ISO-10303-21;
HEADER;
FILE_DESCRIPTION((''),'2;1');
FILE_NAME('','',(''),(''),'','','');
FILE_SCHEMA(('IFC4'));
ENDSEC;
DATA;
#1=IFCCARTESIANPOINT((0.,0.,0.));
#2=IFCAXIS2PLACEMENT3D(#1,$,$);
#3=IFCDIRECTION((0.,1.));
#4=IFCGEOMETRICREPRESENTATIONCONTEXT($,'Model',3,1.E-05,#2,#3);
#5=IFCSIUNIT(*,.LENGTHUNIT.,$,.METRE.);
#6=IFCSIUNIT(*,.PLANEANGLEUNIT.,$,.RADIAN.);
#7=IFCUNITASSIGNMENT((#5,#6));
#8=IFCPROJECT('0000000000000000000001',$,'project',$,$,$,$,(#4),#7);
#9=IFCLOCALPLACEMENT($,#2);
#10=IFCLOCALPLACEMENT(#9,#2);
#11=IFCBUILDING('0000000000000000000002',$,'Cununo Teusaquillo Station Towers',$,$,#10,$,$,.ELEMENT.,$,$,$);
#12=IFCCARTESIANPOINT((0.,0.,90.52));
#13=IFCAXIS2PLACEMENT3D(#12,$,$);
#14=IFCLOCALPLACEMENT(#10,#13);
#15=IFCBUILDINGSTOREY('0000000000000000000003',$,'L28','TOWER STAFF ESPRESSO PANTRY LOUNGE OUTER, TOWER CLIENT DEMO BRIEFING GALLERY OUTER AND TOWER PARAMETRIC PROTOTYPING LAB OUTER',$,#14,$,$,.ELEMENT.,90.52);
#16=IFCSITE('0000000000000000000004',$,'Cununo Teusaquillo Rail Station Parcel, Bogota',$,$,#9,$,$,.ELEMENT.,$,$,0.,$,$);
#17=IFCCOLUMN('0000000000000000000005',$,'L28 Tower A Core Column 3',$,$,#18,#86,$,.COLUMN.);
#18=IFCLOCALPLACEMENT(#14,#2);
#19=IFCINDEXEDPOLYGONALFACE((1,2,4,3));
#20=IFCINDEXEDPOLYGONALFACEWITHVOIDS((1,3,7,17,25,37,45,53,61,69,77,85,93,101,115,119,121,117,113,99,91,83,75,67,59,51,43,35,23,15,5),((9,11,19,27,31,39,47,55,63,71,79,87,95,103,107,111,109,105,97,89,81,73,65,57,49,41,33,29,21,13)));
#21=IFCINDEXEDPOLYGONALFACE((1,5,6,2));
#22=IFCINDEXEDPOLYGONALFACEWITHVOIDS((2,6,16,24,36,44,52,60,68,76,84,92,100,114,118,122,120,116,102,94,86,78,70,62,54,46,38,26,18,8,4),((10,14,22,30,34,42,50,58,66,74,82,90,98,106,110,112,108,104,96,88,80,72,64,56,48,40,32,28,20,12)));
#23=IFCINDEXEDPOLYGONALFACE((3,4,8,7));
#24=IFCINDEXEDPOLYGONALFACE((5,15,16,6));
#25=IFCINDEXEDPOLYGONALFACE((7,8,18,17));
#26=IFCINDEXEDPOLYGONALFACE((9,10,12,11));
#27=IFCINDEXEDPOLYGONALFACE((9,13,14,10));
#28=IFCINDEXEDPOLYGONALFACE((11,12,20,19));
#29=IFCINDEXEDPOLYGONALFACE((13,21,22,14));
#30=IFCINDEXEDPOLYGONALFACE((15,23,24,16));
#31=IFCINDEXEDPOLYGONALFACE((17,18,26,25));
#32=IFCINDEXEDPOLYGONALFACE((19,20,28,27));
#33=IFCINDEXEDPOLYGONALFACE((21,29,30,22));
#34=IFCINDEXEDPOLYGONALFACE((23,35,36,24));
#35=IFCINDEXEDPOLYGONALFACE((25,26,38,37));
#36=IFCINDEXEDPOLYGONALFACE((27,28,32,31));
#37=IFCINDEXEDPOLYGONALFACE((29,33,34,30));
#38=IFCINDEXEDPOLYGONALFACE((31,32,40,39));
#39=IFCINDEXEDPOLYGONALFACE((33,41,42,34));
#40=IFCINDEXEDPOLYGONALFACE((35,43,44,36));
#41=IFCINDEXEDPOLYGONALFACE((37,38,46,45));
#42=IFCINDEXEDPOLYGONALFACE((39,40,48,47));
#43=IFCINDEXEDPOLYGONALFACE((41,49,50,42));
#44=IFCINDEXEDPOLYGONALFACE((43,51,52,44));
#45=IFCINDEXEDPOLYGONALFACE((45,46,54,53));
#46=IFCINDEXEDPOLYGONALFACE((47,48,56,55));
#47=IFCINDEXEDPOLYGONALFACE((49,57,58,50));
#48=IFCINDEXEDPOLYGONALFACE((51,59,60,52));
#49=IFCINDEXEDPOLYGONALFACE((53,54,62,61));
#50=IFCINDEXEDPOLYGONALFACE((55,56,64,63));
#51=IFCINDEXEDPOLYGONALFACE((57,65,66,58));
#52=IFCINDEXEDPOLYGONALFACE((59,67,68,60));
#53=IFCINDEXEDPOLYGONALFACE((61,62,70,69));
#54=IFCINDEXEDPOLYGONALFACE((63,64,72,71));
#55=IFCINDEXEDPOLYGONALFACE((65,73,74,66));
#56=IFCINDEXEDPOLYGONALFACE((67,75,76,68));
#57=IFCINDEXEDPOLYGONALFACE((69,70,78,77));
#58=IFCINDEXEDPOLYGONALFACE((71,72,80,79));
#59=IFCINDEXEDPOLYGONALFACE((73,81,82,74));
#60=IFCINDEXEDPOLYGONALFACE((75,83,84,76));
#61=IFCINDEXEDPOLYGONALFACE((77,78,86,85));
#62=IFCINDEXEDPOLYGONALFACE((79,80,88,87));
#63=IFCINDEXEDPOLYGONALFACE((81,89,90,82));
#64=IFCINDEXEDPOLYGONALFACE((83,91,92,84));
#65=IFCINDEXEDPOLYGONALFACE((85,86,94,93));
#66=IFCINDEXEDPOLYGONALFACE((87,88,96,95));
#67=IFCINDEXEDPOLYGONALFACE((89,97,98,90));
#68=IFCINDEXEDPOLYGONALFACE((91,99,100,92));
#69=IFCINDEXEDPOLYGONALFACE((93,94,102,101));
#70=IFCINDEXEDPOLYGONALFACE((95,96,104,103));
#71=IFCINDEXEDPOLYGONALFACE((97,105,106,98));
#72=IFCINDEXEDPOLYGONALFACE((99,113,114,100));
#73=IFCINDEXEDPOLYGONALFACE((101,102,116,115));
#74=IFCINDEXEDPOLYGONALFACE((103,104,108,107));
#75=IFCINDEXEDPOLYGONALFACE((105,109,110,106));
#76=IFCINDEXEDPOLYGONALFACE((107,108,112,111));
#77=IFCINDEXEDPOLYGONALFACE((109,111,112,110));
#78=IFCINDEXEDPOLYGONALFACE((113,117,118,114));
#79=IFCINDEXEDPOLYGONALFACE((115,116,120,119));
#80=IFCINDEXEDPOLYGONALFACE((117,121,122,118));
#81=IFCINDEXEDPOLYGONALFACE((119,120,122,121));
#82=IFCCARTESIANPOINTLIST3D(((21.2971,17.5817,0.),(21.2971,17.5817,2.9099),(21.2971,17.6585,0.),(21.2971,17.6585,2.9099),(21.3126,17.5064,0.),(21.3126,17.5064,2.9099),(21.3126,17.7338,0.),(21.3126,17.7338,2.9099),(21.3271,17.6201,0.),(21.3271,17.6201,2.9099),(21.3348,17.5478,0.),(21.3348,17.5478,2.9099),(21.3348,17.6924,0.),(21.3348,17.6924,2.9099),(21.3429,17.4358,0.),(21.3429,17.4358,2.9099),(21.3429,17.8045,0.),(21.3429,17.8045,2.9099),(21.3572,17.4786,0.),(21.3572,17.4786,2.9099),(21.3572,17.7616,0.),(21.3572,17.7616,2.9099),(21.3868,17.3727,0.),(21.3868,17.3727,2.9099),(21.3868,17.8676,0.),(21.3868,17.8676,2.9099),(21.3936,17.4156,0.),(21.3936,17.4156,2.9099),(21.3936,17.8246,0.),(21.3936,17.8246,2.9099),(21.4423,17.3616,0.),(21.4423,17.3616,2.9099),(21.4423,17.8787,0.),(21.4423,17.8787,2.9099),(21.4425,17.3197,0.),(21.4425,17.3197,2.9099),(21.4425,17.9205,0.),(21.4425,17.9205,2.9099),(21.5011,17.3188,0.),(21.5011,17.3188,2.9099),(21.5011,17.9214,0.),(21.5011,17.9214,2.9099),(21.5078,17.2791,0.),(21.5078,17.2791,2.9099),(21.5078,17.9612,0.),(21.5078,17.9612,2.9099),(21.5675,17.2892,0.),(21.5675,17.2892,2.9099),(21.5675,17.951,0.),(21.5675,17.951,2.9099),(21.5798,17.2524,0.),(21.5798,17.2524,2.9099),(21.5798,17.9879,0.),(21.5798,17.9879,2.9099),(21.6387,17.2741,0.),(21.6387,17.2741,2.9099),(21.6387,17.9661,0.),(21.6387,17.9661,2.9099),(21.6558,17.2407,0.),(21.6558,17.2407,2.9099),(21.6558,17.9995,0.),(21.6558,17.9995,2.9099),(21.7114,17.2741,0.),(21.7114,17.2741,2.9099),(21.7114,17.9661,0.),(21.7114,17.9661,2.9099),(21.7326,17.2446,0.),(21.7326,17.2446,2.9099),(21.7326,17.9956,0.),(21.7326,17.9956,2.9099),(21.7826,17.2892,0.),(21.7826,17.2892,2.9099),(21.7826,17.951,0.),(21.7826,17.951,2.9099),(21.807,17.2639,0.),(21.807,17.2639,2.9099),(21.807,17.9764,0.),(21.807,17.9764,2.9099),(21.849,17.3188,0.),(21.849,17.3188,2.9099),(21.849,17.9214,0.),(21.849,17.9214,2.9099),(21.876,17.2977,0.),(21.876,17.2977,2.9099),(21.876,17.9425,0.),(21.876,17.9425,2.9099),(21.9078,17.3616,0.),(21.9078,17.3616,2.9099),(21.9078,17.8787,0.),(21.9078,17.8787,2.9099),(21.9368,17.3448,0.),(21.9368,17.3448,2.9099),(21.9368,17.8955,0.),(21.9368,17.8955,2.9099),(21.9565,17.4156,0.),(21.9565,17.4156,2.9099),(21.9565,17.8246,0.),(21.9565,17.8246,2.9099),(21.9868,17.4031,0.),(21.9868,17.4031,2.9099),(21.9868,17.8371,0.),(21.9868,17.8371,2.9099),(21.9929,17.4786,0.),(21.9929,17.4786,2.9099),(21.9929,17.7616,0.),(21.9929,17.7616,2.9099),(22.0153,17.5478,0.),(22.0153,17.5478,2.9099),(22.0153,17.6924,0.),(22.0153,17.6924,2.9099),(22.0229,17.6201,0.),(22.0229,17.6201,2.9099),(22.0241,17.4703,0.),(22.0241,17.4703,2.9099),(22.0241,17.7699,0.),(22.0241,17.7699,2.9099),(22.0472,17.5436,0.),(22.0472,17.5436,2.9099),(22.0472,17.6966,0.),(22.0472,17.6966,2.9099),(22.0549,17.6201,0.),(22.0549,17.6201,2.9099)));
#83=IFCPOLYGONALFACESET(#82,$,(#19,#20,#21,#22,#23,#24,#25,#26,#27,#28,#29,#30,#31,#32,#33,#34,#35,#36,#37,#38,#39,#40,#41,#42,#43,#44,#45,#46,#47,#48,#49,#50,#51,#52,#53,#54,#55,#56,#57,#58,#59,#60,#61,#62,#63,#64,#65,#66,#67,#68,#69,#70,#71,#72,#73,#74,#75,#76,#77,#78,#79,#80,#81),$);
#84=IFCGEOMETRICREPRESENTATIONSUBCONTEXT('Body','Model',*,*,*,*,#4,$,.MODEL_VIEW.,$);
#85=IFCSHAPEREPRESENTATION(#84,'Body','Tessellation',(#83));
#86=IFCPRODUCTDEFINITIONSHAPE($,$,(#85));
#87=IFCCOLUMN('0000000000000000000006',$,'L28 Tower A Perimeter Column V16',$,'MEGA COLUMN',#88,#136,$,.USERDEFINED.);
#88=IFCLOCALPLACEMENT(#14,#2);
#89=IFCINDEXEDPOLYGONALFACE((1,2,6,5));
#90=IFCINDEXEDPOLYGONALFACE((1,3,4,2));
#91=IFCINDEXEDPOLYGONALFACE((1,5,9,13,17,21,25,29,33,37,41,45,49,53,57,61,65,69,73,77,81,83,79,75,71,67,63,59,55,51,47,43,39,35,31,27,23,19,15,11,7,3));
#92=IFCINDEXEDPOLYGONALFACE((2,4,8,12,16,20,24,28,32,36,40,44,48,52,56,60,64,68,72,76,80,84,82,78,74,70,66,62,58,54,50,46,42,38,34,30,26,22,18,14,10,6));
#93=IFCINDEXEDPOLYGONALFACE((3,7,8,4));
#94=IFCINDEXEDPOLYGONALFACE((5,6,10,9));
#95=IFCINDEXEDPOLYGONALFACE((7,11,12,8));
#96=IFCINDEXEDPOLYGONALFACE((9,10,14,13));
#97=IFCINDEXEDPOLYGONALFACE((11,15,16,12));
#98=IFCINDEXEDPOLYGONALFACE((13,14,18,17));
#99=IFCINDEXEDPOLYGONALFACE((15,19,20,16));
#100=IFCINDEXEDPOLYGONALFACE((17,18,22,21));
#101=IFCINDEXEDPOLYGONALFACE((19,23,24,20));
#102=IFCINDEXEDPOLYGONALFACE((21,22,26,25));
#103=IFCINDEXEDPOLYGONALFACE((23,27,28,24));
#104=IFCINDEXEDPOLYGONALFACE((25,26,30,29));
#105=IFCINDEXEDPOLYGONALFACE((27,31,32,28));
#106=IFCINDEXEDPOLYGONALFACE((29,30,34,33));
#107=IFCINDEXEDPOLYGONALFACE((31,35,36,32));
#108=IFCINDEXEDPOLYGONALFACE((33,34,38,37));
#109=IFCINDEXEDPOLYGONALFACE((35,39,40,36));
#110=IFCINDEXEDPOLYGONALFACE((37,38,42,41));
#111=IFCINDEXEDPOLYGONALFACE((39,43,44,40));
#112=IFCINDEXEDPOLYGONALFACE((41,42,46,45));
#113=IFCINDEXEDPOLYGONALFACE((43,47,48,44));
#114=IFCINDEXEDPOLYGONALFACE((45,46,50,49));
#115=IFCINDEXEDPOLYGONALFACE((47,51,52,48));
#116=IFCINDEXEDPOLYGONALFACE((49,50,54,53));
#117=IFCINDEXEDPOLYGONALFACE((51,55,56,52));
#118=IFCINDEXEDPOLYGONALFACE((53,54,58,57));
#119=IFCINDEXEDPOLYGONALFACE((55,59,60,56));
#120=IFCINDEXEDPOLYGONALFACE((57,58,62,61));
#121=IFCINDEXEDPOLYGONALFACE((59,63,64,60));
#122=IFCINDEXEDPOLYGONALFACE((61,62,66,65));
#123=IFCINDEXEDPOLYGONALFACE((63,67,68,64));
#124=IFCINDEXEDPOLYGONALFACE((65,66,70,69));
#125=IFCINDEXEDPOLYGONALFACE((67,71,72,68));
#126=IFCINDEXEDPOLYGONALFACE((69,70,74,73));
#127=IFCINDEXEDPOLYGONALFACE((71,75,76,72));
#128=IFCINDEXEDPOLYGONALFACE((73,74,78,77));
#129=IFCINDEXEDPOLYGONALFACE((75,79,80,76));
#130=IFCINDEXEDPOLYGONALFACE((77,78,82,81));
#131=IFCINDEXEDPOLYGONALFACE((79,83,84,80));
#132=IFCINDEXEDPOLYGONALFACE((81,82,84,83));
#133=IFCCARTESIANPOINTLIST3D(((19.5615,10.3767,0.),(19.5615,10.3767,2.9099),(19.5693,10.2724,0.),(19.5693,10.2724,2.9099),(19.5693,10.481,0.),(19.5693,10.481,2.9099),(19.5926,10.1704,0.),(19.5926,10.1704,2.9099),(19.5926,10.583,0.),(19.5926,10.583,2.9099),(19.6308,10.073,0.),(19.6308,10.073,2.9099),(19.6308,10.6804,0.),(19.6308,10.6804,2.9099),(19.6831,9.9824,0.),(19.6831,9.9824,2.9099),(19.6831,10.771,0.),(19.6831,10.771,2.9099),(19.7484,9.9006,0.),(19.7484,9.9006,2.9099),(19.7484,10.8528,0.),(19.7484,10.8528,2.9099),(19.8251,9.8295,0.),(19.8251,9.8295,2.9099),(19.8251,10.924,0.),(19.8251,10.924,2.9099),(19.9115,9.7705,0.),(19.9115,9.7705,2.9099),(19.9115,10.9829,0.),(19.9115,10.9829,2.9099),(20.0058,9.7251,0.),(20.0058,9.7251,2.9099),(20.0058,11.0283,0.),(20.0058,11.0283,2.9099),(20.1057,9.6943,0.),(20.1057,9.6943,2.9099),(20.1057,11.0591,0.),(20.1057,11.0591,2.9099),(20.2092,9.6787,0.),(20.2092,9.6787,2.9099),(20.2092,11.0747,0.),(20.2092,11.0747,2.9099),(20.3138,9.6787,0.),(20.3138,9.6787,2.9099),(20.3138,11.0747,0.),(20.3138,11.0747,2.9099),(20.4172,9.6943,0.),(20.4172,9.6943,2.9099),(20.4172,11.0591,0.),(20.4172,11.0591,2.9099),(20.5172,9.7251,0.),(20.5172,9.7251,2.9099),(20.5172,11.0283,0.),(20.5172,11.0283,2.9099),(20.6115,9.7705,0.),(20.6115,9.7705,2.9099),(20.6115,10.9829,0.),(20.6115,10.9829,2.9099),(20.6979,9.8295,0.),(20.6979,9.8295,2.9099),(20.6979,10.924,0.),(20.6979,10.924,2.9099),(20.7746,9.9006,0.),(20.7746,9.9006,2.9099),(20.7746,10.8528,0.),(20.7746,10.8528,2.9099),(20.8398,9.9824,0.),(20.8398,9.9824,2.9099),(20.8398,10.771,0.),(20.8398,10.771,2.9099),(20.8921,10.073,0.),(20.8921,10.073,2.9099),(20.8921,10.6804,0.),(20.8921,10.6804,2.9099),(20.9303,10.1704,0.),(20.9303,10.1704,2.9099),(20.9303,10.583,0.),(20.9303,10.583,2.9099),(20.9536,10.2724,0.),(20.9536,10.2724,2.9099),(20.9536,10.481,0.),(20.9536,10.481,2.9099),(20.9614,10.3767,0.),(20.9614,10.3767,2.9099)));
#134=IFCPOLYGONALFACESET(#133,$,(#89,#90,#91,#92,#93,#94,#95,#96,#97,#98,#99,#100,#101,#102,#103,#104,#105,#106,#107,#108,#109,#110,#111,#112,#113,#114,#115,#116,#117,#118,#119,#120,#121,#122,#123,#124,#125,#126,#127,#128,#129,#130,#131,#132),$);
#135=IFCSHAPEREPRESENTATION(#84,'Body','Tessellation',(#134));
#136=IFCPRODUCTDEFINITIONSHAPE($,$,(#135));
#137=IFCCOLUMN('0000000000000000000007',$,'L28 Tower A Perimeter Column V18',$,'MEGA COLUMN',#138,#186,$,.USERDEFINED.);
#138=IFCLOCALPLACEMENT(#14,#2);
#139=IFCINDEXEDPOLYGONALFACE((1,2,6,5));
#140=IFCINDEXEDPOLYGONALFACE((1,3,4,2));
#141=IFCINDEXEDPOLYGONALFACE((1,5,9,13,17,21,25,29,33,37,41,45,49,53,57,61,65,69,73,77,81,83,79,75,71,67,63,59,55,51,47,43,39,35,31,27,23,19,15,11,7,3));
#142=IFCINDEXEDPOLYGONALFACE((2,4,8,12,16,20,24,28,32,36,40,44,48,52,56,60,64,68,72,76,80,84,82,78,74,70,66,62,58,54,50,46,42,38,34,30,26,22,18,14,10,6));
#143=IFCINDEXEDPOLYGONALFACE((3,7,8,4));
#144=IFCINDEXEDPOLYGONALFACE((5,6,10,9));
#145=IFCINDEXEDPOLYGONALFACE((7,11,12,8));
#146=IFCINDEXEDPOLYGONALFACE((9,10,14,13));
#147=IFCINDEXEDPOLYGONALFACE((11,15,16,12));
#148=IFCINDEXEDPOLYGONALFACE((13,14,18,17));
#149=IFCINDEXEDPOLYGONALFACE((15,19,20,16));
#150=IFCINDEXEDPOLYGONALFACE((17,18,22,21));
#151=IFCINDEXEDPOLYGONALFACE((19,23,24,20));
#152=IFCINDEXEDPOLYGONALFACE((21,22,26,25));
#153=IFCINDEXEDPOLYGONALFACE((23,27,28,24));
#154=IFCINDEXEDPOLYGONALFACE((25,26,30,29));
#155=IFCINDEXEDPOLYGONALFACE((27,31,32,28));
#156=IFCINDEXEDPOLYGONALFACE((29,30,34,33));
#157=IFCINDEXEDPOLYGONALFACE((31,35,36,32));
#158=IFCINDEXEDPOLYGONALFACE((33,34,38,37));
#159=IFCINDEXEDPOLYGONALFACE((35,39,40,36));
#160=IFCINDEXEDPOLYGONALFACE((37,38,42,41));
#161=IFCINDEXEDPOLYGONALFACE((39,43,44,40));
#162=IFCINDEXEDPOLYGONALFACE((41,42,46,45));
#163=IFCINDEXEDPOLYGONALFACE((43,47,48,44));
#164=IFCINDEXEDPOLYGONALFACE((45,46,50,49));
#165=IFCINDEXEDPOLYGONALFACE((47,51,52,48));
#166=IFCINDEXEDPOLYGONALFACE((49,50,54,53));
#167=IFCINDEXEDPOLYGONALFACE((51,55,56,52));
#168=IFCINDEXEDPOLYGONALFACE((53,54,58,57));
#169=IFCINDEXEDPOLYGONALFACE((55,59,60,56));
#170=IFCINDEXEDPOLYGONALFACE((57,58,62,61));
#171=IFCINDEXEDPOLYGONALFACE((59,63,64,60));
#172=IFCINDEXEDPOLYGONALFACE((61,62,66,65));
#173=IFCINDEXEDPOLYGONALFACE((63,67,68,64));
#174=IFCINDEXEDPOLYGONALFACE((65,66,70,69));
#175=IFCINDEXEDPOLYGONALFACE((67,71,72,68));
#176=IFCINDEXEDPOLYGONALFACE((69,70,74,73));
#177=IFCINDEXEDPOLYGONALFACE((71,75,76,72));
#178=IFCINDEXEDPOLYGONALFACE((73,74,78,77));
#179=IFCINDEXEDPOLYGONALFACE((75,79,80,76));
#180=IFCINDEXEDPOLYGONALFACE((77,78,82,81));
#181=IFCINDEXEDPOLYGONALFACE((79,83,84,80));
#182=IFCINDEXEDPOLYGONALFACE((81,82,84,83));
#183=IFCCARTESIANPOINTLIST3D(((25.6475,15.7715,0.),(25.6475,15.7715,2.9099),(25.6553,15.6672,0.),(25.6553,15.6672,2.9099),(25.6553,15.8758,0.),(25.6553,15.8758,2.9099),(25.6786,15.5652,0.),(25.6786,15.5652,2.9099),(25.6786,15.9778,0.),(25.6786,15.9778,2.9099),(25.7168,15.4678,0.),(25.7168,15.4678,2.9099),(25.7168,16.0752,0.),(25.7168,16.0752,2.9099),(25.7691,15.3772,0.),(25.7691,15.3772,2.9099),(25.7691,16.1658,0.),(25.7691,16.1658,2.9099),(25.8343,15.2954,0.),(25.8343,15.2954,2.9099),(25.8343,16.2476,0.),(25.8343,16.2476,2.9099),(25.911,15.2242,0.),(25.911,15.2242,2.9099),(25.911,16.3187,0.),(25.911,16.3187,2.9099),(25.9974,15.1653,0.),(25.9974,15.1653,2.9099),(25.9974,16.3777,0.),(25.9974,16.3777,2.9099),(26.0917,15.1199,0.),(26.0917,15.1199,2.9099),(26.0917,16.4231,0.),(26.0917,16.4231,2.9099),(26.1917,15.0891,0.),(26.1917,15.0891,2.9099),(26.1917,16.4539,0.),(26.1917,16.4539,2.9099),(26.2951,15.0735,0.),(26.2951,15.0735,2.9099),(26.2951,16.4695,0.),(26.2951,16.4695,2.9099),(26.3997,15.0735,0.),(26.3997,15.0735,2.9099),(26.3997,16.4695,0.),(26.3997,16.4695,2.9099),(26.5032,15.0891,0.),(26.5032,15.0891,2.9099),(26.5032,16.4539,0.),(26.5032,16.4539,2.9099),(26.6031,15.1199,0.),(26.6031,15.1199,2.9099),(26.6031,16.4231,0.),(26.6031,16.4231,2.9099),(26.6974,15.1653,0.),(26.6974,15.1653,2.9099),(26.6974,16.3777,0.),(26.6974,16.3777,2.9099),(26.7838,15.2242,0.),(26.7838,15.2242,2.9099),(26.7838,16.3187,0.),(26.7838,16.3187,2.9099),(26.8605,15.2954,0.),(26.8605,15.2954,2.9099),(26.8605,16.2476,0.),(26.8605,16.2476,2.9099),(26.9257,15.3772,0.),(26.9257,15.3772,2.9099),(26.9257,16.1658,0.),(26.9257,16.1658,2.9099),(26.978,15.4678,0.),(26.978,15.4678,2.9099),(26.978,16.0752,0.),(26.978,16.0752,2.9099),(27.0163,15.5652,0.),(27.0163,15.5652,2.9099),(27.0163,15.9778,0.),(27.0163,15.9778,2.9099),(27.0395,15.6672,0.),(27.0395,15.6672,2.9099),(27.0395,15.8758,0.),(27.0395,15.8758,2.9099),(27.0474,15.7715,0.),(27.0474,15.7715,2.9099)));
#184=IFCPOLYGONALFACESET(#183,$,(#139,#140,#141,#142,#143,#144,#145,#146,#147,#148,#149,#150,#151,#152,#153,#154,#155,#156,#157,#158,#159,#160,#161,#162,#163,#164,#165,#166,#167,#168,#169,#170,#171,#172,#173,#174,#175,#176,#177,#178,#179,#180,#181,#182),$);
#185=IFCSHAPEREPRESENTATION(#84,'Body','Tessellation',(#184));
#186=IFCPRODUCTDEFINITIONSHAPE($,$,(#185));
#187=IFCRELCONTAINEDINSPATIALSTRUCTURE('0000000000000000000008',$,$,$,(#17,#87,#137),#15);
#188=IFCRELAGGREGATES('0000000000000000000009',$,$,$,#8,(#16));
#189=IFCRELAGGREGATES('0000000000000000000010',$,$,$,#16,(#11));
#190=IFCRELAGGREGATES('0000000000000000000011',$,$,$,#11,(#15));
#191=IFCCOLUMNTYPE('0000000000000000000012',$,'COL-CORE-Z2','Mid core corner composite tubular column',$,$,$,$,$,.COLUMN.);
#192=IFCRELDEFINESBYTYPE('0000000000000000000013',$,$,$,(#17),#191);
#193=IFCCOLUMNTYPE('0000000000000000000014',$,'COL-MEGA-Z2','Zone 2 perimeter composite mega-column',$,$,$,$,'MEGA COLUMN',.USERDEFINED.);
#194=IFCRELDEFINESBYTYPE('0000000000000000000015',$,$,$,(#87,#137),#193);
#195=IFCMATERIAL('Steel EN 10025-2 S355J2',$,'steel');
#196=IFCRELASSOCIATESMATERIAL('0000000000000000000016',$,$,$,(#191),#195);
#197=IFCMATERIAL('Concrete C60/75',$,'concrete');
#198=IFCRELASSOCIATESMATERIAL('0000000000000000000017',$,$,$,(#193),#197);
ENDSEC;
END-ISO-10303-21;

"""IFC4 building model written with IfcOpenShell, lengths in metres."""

from ifc_helpers import new_model, si_unit, direction, frame, origin, origin_2d, place, context, subcontext, project, spatial, circle, hollow_circle, extrude, material, material_profile, profile_set, type_object, element, save


model = new_model("IFC4")

# Units and contexts
model_context = context("Model", 3, precision=1e-05, world=origin(), true_north=direction((0.0, 1.0)))
body_context = subcontext(model_context, "Body", "Model", "MODEL_VIEW")
ifc_project = project(units=[si_unit("LENGTHUNIT", "METRE"), si_unit("PLANEANGLEUNIT", "RADIAN")], contexts=[model_context])

# Site, building, storey
site_placement = place(None, origin())
site = spatial("IfcSite", under=ifc_project, at=site_placement, Name="Cununo Teusaquillo Rail Station Parcel, Bogota", CompositionType="ELEMENT", RefElevation=0.0)
building_placement = place(site_placement, origin())
building = spatial("IfcBuilding", under=site, at=building_placement, Name="Cununo Teusaquillo Station Towers", CompositionType="ELEMENT")
storey_placement = place(building_placement, frame((0.0, 0.0, 90.52)))
storey = spatial("IfcBuildingStorey", under=building, at=storey_placement, Name="L28", Description="TOWER STAFF ESPRESSO PANTRY LOUNGE OUTER, TOWER CLIENT DEMO BRIEFING GALLERY OUTER AND TOWER PARAMETRIC PROTOTYPING LAB OUTER", CompositionType="ELEMENT", Elevation=90.52)

# Columns
ifc_material_1 = material(Name="Steel EN 10025-2 S355J2", Category="steel")
ifc_material_profile_1 = material_profile(ifc_material_1, hollow_circle(Radius=0.3799, WallThickness=0.032, at=origin_2d()), Name="CHS 760x32")
ifc_profile_set_1 = profile_set([ifc_material_profile_1], Name="Steel EN 10025-2 S355J2")
column_type_1 = type_object("IfcColumnType", Name="COL-CORE-Z2", Description="Mid core corner composite tubular column", PredefinedType="COLUMN", material=ifc_profile_set_1)
column_placement = place(storey_placement, frame((21.675, 17.6201, 0.0), z_axis=(0.0, 0.0, 1.0), x_axis=(1.0, 0.0, 0.0)))
element("IfcColumn", 1, at=column_placement, inside=storey, type_object=column_type_1, Name="L28 Tower A Core Column 3", PredefinedType="COLUMN", context=body_context, shape_type="SweptSolid", body=[
    extrude(hollow_circle(Radius=0.3799, WallThickness=0.032, at=origin_2d()), origin(), (0.0, 0.0, 1.0), 2.9099),
])
ifc_material_2 = material(Name="Concrete C60/75", Category="concrete")
ifc_material_profile_2 = material_profile(ifc_material_2, circle(Radius=0.7, at=origin_2d()), Name="RC-CIRC-1400")
ifc_profile_set_2 = profile_set([ifc_material_profile_2], Name="Concrete C60/75")
column_type_2 = type_object("IfcColumnType", Name="COL-MEGA-Z2", Description="Zone 2 perimeter composite mega-column", ElementType="MEGA COLUMN", PredefinedType="USERDEFINED", material=ifc_profile_set_2)
for number, where, z_axis, x_axis, name in (
    (2, (20.2615, 10.3767, 0.0), (0.0, 0.0, 1.0), (1.0, 0.0, 0.0), "L28 Tower A Perimeter Column V16"),
    (3, (26.3474, 15.7715, 0.0), (0.0, 0.0, 1.0), (1.0, 0.0, 0.0), "L28 Tower A Perimeter Column V18"),
):
    element("IfcColumn", number, at=place(storey_placement, frame(where, z_axis=z_axis, x_axis=x_axis)), inside=storey, type_object=column_type_2, Name=name, ObjectType="MEGA COLUMN", PredefinedType="USERDEFINED", context=body_context, shape_type="SweptSolid", body=[
        extrude(circle(Radius=0.7, at=origin_2d()), origin(), (0.0, 0.0, 1.0), 2.9099),
    ])

save(model, "model.ifc")
